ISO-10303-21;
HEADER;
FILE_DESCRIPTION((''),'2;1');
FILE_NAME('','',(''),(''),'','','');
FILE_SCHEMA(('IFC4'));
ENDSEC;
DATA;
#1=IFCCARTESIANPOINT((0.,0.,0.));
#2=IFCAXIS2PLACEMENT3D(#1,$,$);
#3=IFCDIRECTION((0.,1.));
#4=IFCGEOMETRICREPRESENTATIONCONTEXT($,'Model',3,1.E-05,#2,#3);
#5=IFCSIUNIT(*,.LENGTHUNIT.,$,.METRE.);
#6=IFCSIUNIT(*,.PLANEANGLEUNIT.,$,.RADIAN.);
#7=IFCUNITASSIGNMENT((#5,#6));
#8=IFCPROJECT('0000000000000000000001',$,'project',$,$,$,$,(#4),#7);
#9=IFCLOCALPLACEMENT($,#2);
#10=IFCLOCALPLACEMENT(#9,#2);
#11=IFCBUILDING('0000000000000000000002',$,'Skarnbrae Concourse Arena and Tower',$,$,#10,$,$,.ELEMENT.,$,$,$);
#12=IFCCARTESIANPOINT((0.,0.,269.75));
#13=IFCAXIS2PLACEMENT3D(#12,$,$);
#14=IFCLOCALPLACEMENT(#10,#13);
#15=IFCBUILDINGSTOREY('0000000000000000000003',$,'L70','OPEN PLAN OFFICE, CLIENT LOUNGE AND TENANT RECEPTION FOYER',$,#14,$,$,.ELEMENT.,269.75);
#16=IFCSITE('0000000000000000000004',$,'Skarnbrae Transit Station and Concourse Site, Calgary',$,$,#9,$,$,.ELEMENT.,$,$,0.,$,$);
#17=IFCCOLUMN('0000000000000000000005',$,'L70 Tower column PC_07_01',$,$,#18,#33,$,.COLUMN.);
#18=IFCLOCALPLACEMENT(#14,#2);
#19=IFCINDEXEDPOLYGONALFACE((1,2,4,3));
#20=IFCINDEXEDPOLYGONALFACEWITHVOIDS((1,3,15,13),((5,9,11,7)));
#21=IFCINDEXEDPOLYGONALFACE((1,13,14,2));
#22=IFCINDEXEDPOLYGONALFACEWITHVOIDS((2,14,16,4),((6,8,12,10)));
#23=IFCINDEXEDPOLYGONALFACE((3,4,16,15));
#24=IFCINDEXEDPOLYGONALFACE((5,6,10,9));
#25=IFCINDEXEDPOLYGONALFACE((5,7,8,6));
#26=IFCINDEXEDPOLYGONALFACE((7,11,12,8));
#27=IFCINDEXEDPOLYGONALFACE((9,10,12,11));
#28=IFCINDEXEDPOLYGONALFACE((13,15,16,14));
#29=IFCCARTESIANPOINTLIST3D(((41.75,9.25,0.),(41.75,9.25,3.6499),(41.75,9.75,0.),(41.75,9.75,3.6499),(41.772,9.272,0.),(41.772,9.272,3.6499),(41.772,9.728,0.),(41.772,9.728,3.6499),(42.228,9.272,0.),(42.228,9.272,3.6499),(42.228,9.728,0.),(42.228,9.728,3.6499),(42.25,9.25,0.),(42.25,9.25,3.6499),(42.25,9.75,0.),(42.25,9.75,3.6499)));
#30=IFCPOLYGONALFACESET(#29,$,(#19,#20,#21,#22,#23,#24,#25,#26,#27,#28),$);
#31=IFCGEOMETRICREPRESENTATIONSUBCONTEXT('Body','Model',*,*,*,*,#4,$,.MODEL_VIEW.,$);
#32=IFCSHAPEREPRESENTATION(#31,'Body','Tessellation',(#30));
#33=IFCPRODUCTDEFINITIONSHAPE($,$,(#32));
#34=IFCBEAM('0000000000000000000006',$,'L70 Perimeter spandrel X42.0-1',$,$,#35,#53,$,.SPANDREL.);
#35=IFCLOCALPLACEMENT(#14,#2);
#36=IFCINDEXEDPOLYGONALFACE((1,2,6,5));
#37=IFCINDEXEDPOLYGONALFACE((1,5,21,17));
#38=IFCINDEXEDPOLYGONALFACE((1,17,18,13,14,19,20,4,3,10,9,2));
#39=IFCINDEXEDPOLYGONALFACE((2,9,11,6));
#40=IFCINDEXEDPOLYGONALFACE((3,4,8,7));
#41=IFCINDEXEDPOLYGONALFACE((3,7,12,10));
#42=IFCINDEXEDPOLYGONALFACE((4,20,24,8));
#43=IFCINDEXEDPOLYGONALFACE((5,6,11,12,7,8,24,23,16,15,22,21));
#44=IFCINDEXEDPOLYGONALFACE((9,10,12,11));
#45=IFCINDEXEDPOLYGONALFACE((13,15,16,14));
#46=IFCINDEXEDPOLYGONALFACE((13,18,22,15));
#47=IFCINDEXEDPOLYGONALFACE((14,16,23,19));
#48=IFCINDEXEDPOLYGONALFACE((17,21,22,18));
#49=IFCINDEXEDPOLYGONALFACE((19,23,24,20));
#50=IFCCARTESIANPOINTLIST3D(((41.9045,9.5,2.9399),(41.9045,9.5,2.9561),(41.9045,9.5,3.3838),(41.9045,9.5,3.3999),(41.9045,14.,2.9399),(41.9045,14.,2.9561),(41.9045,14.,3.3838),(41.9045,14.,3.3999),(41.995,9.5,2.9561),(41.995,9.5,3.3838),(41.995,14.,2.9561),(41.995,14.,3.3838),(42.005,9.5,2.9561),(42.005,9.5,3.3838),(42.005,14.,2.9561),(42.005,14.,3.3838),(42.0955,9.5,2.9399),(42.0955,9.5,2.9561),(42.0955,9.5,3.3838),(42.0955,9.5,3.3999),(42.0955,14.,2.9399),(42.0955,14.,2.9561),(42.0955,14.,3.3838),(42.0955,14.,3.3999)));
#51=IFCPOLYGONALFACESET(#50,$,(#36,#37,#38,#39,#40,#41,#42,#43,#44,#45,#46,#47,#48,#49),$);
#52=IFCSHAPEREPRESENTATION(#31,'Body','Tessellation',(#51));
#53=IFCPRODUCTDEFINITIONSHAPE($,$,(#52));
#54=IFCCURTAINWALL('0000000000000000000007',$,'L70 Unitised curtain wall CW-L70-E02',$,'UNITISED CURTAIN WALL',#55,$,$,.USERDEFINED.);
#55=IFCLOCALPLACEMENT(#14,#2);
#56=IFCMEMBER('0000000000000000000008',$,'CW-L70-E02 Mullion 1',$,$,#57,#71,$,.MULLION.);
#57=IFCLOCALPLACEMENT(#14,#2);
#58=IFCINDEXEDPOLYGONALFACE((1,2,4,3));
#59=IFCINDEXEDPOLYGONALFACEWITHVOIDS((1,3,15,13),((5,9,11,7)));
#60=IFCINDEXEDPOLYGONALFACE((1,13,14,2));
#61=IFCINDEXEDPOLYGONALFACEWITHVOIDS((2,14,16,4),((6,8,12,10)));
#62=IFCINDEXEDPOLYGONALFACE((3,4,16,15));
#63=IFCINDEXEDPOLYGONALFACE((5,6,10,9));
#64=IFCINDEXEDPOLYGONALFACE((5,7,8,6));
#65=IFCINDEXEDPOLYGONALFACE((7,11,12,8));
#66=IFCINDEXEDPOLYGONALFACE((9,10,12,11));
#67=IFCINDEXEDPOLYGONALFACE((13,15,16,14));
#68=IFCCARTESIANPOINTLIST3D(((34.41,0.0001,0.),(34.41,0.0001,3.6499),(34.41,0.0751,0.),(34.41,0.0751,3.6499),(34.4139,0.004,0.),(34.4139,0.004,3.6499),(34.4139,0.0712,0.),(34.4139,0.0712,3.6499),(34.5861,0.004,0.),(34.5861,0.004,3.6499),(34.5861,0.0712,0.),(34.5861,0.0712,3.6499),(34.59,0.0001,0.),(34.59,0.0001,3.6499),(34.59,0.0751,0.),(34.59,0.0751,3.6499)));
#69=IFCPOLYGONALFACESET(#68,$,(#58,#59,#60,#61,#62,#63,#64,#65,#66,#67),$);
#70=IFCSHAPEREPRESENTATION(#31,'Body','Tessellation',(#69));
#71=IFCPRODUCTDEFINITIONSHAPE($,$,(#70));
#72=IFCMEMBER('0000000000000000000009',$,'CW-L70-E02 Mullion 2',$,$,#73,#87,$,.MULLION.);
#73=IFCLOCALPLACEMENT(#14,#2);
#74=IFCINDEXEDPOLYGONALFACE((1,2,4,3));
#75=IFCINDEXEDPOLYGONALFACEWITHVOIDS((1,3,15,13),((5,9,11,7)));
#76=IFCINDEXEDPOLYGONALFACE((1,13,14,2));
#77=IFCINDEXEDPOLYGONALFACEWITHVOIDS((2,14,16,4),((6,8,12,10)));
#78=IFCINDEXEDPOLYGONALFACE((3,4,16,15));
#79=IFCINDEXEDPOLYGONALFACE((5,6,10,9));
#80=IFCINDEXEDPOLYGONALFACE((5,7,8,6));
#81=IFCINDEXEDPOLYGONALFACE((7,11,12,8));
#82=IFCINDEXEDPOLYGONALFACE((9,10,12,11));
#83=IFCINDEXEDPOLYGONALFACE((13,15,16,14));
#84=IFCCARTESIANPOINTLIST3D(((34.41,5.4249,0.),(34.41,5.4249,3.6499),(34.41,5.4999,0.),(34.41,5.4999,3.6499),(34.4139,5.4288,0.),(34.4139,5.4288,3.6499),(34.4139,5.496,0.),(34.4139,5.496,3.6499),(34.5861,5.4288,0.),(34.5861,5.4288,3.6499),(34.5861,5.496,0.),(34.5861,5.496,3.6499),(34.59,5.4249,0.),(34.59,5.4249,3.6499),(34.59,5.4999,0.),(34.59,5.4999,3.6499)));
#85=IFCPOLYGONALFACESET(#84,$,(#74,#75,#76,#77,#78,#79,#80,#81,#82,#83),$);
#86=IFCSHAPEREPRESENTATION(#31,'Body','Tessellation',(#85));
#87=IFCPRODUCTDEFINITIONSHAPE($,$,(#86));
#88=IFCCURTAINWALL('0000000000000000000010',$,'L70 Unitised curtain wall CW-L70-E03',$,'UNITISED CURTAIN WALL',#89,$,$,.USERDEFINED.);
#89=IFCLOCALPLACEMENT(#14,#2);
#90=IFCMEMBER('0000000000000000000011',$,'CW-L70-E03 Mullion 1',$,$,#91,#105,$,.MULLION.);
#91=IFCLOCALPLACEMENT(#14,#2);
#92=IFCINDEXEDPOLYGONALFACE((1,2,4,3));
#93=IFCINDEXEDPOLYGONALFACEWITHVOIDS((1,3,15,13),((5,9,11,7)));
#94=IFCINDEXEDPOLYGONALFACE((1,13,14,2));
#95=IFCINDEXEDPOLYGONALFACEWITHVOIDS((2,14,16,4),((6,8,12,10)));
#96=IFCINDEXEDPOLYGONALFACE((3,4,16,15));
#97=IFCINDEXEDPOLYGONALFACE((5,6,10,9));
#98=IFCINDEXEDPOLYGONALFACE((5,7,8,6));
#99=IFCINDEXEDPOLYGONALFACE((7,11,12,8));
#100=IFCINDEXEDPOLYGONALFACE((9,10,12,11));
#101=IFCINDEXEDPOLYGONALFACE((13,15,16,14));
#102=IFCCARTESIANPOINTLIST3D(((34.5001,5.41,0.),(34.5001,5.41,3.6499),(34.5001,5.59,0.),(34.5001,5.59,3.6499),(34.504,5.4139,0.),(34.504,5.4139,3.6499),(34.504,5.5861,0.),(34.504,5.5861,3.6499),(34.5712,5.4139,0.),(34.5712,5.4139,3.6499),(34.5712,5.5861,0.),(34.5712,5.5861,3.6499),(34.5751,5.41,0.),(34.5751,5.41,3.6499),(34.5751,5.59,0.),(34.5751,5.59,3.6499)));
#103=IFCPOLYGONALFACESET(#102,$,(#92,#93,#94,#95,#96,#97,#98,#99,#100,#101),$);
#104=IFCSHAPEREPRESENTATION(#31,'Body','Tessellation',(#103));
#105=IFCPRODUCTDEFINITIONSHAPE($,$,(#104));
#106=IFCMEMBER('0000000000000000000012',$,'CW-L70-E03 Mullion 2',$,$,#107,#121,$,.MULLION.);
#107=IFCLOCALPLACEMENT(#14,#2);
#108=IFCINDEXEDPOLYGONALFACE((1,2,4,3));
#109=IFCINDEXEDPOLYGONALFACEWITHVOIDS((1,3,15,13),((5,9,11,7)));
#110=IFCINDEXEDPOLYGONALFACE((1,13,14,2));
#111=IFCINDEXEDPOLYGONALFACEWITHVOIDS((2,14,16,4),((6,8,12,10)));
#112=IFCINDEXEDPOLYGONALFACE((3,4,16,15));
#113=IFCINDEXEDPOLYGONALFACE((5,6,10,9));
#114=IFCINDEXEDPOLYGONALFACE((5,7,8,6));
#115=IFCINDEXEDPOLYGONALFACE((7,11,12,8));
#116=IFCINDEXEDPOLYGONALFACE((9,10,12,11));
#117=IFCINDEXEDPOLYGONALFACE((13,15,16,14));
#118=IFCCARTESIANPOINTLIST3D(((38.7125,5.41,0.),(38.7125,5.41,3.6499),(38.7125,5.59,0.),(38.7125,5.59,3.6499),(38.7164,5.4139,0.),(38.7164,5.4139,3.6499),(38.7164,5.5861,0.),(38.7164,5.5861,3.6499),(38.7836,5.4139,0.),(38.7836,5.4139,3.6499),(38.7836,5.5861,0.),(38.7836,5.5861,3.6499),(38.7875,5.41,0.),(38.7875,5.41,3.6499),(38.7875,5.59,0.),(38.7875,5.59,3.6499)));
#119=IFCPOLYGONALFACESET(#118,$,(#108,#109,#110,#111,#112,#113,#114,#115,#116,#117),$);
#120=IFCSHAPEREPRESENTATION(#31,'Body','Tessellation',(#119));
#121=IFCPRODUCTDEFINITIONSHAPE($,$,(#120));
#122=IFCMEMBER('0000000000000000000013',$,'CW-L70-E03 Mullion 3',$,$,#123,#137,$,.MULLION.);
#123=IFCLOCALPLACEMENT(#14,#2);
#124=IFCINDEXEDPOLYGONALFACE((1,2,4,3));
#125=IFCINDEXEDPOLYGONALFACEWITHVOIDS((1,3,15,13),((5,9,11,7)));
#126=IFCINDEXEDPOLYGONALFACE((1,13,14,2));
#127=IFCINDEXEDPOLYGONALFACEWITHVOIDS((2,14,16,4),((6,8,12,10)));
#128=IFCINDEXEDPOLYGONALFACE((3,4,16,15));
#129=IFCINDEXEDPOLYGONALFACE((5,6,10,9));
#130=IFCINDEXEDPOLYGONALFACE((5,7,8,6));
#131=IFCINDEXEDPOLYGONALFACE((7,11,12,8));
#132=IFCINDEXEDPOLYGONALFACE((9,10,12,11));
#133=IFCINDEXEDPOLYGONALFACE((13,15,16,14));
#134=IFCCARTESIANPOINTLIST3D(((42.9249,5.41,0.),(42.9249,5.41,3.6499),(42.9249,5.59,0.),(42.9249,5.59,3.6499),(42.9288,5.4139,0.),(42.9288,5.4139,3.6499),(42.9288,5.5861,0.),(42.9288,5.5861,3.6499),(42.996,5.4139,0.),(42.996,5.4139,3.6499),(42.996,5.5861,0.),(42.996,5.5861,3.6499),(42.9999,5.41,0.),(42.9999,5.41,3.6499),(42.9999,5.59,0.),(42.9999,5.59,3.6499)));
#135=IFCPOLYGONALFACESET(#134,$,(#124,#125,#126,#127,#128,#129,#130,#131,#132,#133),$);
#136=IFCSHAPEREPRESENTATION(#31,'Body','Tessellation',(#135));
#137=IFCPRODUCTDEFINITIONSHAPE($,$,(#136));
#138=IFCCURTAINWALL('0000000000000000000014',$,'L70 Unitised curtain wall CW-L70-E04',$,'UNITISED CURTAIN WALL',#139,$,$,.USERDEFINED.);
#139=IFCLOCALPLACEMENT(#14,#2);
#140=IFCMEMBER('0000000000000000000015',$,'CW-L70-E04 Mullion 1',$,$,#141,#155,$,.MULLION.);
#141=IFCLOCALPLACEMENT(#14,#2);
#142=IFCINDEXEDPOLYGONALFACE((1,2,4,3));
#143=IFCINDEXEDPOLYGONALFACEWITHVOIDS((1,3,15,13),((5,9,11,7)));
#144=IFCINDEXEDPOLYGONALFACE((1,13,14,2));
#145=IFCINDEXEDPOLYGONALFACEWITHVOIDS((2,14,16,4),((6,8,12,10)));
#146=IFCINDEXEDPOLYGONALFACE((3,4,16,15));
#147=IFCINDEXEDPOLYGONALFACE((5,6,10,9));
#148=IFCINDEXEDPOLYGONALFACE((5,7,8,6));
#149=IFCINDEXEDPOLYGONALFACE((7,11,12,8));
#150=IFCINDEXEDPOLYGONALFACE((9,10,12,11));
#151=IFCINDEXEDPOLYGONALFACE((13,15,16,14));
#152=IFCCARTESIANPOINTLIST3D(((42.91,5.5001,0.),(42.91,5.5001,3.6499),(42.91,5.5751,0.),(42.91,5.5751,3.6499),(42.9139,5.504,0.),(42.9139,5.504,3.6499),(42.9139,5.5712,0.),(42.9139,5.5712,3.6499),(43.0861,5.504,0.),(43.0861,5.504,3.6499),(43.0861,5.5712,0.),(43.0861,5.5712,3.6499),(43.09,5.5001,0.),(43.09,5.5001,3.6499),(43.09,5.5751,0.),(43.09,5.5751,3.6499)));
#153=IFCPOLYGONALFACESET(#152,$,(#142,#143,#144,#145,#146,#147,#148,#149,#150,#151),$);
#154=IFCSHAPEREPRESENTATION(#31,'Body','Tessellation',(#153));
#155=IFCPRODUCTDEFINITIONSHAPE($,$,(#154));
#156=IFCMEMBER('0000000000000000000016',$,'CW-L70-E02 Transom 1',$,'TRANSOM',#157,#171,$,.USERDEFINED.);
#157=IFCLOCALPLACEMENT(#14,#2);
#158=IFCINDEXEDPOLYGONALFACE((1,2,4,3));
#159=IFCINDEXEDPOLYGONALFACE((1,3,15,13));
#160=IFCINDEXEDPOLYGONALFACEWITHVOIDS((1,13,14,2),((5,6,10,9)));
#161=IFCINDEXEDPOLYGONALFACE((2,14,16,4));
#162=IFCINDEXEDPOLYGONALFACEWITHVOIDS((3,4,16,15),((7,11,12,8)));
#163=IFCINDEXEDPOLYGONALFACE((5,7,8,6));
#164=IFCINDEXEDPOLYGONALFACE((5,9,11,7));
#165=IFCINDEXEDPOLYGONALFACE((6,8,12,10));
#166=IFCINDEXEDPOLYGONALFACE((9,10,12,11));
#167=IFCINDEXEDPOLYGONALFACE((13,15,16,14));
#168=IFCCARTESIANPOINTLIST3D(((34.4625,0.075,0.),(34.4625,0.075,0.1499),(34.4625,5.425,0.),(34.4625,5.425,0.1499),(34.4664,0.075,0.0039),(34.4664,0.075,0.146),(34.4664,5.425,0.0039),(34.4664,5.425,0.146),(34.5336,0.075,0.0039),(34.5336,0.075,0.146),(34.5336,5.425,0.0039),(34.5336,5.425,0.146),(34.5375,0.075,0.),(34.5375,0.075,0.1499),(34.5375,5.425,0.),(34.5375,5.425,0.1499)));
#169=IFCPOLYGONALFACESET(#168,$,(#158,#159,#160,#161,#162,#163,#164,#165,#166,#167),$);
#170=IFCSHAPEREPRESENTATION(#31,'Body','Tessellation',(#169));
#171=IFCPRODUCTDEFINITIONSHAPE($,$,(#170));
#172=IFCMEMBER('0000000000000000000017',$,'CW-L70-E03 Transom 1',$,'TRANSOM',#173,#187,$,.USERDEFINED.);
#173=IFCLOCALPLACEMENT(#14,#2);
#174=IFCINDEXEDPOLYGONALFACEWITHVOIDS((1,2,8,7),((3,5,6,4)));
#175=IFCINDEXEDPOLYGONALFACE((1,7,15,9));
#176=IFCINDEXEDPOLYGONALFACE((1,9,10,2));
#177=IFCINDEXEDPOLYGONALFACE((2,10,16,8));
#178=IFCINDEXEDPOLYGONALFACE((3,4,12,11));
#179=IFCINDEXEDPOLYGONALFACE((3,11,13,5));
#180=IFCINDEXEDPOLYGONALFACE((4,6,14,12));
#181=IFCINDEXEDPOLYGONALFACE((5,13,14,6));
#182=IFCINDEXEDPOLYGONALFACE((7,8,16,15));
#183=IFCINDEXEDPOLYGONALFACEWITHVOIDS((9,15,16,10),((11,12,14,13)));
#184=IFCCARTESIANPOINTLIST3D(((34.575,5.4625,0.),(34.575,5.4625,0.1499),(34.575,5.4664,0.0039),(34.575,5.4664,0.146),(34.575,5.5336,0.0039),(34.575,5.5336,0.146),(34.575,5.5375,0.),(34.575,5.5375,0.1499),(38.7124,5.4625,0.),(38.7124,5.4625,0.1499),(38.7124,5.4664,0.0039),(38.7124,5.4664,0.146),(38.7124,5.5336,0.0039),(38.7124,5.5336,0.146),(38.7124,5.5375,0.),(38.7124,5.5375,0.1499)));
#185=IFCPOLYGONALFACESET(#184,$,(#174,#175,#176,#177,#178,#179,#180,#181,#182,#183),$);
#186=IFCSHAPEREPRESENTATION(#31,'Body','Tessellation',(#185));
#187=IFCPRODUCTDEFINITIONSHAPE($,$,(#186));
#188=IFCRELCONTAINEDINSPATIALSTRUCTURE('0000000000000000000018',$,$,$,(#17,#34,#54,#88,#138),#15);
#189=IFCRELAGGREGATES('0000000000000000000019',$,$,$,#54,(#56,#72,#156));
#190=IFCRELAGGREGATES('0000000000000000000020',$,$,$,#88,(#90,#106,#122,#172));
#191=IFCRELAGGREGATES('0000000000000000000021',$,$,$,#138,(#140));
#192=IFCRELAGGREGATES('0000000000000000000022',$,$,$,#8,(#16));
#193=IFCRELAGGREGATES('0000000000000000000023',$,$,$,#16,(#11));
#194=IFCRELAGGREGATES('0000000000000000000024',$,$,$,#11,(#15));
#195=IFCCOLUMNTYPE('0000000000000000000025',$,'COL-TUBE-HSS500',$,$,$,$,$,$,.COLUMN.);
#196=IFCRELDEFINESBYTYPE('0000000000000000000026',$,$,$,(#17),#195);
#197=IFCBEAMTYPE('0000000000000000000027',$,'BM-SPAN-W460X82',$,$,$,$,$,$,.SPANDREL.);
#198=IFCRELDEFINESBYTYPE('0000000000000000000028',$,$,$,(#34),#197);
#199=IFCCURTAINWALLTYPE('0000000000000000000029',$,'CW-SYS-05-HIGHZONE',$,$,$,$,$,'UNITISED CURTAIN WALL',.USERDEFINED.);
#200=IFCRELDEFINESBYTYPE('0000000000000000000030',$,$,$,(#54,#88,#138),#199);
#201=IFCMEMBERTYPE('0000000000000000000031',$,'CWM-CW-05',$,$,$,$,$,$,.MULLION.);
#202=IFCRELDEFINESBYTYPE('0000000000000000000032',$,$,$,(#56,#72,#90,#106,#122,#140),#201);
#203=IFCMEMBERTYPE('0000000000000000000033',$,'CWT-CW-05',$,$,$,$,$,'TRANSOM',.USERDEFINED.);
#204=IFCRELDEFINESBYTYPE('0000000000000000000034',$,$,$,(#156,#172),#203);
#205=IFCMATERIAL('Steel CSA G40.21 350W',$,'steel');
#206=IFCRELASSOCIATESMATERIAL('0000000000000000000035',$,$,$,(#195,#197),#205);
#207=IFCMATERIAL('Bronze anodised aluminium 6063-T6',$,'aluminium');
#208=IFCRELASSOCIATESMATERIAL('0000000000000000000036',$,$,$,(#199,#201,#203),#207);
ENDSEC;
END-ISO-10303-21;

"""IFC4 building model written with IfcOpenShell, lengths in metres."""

from ifc_helpers import new_model, si_unit, direction, frame, origin, origin_2d, place, context, subcontext, project, spatial, hollow_rectangle, i_section, extrude, source, transform, mapped, material, material_profile, profile_set, type_object, element, aggregate, save


model = new_model("IFC4")

# Units and contexts
model_context = context("Model", 3, precision=1e-05, world=origin(), true_north=direction((0.0, 1.0)))
body_context = subcontext(model_context, "Body", "Model", "MODEL_VIEW")
ifc_project = project(units=[si_unit("LENGTHUNIT", "METRE"), si_unit("PLANEANGLEUNIT", "RADIAN")], contexts=[model_context])

# Site, building, storey
site_placement = place(None, origin())
site = spatial("IfcSite", under=ifc_project, at=site_placement, Name="Skarnbrae Transit Station and Concourse Site, Calgary", CompositionType="ELEMENT", RefElevation=0.0)
building_placement = place(site_placement, origin())
building = spatial("IfcBuilding", under=site, at=building_placement, Name="Skarnbrae Concourse Arena and Tower", CompositionType="ELEMENT")
storey_placement = place(building_placement, frame((0.0, 0.0, 269.75)))
storey = spatial("IfcBuildingStorey", under=building, at=storey_placement, Name="L70", Description="OPEN PLAN OFFICE, CLIENT LOUNGE AND TENANT RECEPTION FOYER", CompositionType="ELEMENT", Elevation=269.75)

# Column
ifc_material_1 = material(Name="Steel CSA G40.21 350W", Category="steel")
ifc_material_profile_1 = material_profile(ifc_material_1, hollow_rectangle(XDim=0.5, YDim=0.5, WallThickness=0.022, at=origin_2d()), Name="HSS500X500X22.0")
ifc_profile_set_1 = profile_set([ifc_material_profile_1], Name="Steel CSA G40.21 350W")
column_type = type_object("IfcColumnType", Name="COL-TUBE-HSS500", PredefinedType="COLUMN", material=ifc_profile_set_1)
shared_shape_1 = source(origin(), body_context, "Body", "SweptSolid", [
    extrude(hollow_rectangle(XDim=0.5, YDim=0.5, WallThickness=0.022, at=origin_2d()), origin(), (0.0, 0.0, 1.0), 3.6499),
])
column_placement = place(storey_placement, frame((42.0, 9.5, 0.0), z_axis=(0.0, 0.0, 1.0), x_axis=(1.0, 0.0, 0.0)))
element("IfcColumn", 1, at=column_placement, inside=storey, type_object=column_type, Name="L70 Tower column PC_07_01", PredefinedType="COLUMN", context=body_context, shape_type="MappedRepresentation", body=[
    mapped(shared_shape_1, transform((0.0, 0.0, 0.0))),
])

# Beam
ifc_material_profile_2 = material_profile(ifc_material_1, i_section(OverallWidth=0.1909, OverallDepth=0.46, WebThickness=0.01, FlangeThickness=0.0161, at=origin_2d()), Name="W460X82")
ifc_profile_set_2 = profile_set([ifc_material_profile_2], Name="Steel CSA G40.21 350W")
beam_type = type_object("IfcBeamType", Name="BM-SPAN-W460X82", PredefinedType="SPANDREL", material=ifc_profile_set_2)
shared_shape_2 = source(origin(), body_context, "Body", "SweptSolid", [
    extrude(i_section(OverallWidth=0.1909, OverallDepth=0.46, WebThickness=0.01, FlangeThickness=0.0161, at=origin_2d()), origin(), (0.0, 0.0, 1.0), 4.5),
])
beam_placement = place(storey_placement, frame((42.0, 9.5, 3.1699), z_axis=(0.0, 1.0, 0.0), x_axis=(-1.0, 0.0, 0.0)))
element("IfcBeam", 2, at=beam_placement, inside=storey, type_object=beam_type, Name="L70 Perimeter spandrel X42.0-1", PredefinedType="SPANDREL", context=body_context, shape_type="MappedRepresentation", body=[
    mapped(shared_shape_2, transform((0.0, 0.0, 0.0))),
])

# Curtain walls, members
ifc_material_2 = material(Name="Bronze anodised aluminium 6063-T6", Category="aluminium")
curtain_wall_type = type_object("IfcCurtainWallType", Name="CW-SYS-05-HIGHZONE", ElementType="UNITISED CURTAIN WALL", PredefinedType="USERDEFINED", material=ifc_material_2)
curtain_wall_1_placement = place(storey_placement, origin())
curtain_wall_1 = element("IfcCurtainWall", 3, at=curtain_wall_1_placement, inside=storey, type_object=curtain_wall_type, Name="L70 Unitised curtain wall CW-L70-E02", ObjectType="UNITISED CURTAIN WALL", PredefinedType="USERDEFINED")
ifc_material_profile_3 = material_profile(ifc_material_2, hollow_rectangle(XDim=0.075, YDim=0.1799, WallThickness=0.0039, at=origin_2d()), Name="ALU-MULL-75X180")
ifc_profile_set_3 = profile_set([ifc_material_profile_3], Name="Bronze anodised aluminium 6063-T6")
member_type_1 = type_object("IfcMemberType", Name="CWM-CW-05", PredefinedType="MULLION", material=ifc_profile_set_3)
shared_shape_3 = source(origin(), body_context, "Body", "SweptSolid", [
    extrude(hollow_rectangle(XDim=0.075, YDim=0.1799, WallThickness=0.0039, at=origin_2d()), origin(), (0.0, 0.0, 1.0), 3.6499),
])
member_1_placement = place(storey_placement, frame((34.5, 0.0376, 0.0), z_axis=(0.0, 0.0, 1.0), x_axis=(0.0, 1.0, 0.0)))
member_1 = element("IfcMember", 4, at=member_1_placement, type_object=member_type_1, Name="CW-L70-E02 Mullion 1", PredefinedType="MULLION", context=body_context, shape_type="MappedRepresentation", body=[
    mapped(shared_shape_3, transform((0.0, 0.0, 0.0))),
])
member_2_placement = place(storey_placement, frame((34.5, 5.4624, 0.0), z_axis=(0.0, 0.0, 1.0), x_axis=(0.0, 1.0, 0.0)))
member_2 = element("IfcMember", 5, at=member_2_placement, type_object=member_type_1, Name="CW-L70-E02 Mullion 2", PredefinedType="MULLION", context=body_context, shape_type="MappedRepresentation", body=[
    mapped(shared_shape_3, transform((0.0, 0.0, 0.0))),
])
curtain_wall_2_placement = place(storey_placement, origin())
curtain_wall_2 = element("IfcCurtainWall", 6, at=curtain_wall_2_placement, inside=storey, type_object=curtain_wall_type, Name="L70 Unitised curtain wall CW-L70-E03", ObjectType="UNITISED CURTAIN WALL", PredefinedType="USERDEFINED")
member_3_placement = place(storey_placement, frame((34.5376, 5.5, 0.0), z_axis=(0.0, 0.0, 1.0), x_axis=(1.0, 0.0, 0.0)))
member_3 = element("IfcMember", 7, at=member_3_placement, type_object=member_type_1, Name="CW-L70-E03 Mullion 1", PredefinedType="MULLION", context=body_context, shape_type="MappedRepresentation", body=[
    mapped(shared_shape_3, transform((0.0, 0.0, 0.0))),
])
member_4_placement = place(storey_placement, frame((38.75, 5.5, 0.0), z_axis=(0.0, 0.0, 1.0), x_axis=(1.0, 0.0, 0.0)))
member_4 = element("IfcMember", 8, at=member_4_placement, type_object=member_type_1, Name="CW-L70-E03 Mullion 2", PredefinedType="MULLION", context=body_context, shape_type="MappedRepresentation", body=[
    mapped(shared_shape_3, transform((0.0, 0.0, 0.0))),
])
member_5_placement = place(storey_placement, frame((42.9624, 5.5, 0.0), z_axis=(0.0, 0.0, 1.0), x_axis=(1.0, 0.0, 0.0)))
member_5 = element("IfcMember", 9, at=member_5_placement, type_object=member_type_1, Name="CW-L70-E03 Mullion 3", PredefinedType="MULLION", context=body_context, shape_type="MappedRepresentation", body=[
    mapped(shared_shape_3, transform((0.0, 0.0, 0.0))),
])

# Curtain wall, member
curtain_wall_3_placement = place(storey_placement, origin())
curtain_wall_3 = element("IfcCurtainWall", 10, at=curtain_wall_3_placement, inside=storey, type_object=curtain_wall_type, Name="L70 Unitised curtain wall CW-L70-E04", ObjectType="UNITISED CURTAIN WALL", PredefinedType="USERDEFINED")
member_6_placement = place(storey_placement, frame((43.0, 5.5376, 0.0), z_axis=(0.0, 0.0, 1.0), x_axis=(0.0, 1.0, 0.0)))
member_6 = element("IfcMember", 11, at=member_6_placement, type_object=member_type_1, Name="CW-L70-E04 Mullion 1", PredefinedType="MULLION", context=body_context, shape_type="MappedRepresentation", body=[
    mapped(shared_shape_3, transform((0.0, 0.0, 0.0))),
])

# Members
ifc_material_profile_4 = material_profile(ifc_material_2, hollow_rectangle(XDim=0.075, YDim=0.1499, WallThickness=0.0039, at=origin_2d()), Name="ALU-TRAN-75X150")
ifc_profile_set_4 = profile_set([ifc_material_profile_4], Name="Bronze anodised aluminium 6063-T6")
member_type_2 = type_object("IfcMemberType", Name="CWT-CW-05", ElementType="TRANSOM", PredefinedType="USERDEFINED", material=ifc_profile_set_4)
shared_shape_4 = source(origin(), body_context, "Body", "SweptSolid", [
    extrude(hollow_rectangle(XDim=0.075, YDim=0.1499, WallThickness=0.0039, at=origin_2d()), origin(), (0.0, 0.0, 1.0), 5.3501),
])
member_7_placement = place(storey_placement, frame((34.5, 0.075, 0.075), z_axis=(0.0, 1.0, 0.0), x_axis=(-1.0, 0.0, 0.0)))
member_7 = element("IfcMember", 12, at=member_7_placement, type_object=member_type_2, Name="CW-L70-E02 Transom 1", ObjectType="TRANSOM", PredefinedType="USERDEFINED", context=body_context, shape_type="MappedRepresentation", body=[
    mapped(shared_shape_4, transform((0.0, 0.0, 0.0))),
])
shared_shape_5 = source(origin(), body_context, "Body", "SweptSolid", [
    extrude(hollow_rectangle(XDim=0.075, YDim=0.1499, WallThickness=0.0039, at=origin_2d()), origin(), (0.0, 0.0, 1.0), 4.1375),
])
member_8_placement = place(storey_placement, frame((34.575, 5.5, 0.075), z_axis=(1.0, 0.0, 0.0), x_axis=(0.0, 1.0, 0.0)))
member_8 = element("IfcMember", 13, at=member_8_placement, type_object=member_type_2, Name="CW-L70-E03 Transom 1", ObjectType="TRANSOM", PredefinedType="USERDEFINED", context=body_context, shape_type="MappedRepresentation", body=[
    mapped(shared_shape_5, transform((0.0, 0.0, 0.0))),
])

aggregate(curtain_wall_1, [member_1, member_2, member_7])
aggregate(curtain_wall_2, [member_3, member_4, member_5, member_8])
aggregate(curtain_wall_3, [member_6])

save(model, "model.ifc")
